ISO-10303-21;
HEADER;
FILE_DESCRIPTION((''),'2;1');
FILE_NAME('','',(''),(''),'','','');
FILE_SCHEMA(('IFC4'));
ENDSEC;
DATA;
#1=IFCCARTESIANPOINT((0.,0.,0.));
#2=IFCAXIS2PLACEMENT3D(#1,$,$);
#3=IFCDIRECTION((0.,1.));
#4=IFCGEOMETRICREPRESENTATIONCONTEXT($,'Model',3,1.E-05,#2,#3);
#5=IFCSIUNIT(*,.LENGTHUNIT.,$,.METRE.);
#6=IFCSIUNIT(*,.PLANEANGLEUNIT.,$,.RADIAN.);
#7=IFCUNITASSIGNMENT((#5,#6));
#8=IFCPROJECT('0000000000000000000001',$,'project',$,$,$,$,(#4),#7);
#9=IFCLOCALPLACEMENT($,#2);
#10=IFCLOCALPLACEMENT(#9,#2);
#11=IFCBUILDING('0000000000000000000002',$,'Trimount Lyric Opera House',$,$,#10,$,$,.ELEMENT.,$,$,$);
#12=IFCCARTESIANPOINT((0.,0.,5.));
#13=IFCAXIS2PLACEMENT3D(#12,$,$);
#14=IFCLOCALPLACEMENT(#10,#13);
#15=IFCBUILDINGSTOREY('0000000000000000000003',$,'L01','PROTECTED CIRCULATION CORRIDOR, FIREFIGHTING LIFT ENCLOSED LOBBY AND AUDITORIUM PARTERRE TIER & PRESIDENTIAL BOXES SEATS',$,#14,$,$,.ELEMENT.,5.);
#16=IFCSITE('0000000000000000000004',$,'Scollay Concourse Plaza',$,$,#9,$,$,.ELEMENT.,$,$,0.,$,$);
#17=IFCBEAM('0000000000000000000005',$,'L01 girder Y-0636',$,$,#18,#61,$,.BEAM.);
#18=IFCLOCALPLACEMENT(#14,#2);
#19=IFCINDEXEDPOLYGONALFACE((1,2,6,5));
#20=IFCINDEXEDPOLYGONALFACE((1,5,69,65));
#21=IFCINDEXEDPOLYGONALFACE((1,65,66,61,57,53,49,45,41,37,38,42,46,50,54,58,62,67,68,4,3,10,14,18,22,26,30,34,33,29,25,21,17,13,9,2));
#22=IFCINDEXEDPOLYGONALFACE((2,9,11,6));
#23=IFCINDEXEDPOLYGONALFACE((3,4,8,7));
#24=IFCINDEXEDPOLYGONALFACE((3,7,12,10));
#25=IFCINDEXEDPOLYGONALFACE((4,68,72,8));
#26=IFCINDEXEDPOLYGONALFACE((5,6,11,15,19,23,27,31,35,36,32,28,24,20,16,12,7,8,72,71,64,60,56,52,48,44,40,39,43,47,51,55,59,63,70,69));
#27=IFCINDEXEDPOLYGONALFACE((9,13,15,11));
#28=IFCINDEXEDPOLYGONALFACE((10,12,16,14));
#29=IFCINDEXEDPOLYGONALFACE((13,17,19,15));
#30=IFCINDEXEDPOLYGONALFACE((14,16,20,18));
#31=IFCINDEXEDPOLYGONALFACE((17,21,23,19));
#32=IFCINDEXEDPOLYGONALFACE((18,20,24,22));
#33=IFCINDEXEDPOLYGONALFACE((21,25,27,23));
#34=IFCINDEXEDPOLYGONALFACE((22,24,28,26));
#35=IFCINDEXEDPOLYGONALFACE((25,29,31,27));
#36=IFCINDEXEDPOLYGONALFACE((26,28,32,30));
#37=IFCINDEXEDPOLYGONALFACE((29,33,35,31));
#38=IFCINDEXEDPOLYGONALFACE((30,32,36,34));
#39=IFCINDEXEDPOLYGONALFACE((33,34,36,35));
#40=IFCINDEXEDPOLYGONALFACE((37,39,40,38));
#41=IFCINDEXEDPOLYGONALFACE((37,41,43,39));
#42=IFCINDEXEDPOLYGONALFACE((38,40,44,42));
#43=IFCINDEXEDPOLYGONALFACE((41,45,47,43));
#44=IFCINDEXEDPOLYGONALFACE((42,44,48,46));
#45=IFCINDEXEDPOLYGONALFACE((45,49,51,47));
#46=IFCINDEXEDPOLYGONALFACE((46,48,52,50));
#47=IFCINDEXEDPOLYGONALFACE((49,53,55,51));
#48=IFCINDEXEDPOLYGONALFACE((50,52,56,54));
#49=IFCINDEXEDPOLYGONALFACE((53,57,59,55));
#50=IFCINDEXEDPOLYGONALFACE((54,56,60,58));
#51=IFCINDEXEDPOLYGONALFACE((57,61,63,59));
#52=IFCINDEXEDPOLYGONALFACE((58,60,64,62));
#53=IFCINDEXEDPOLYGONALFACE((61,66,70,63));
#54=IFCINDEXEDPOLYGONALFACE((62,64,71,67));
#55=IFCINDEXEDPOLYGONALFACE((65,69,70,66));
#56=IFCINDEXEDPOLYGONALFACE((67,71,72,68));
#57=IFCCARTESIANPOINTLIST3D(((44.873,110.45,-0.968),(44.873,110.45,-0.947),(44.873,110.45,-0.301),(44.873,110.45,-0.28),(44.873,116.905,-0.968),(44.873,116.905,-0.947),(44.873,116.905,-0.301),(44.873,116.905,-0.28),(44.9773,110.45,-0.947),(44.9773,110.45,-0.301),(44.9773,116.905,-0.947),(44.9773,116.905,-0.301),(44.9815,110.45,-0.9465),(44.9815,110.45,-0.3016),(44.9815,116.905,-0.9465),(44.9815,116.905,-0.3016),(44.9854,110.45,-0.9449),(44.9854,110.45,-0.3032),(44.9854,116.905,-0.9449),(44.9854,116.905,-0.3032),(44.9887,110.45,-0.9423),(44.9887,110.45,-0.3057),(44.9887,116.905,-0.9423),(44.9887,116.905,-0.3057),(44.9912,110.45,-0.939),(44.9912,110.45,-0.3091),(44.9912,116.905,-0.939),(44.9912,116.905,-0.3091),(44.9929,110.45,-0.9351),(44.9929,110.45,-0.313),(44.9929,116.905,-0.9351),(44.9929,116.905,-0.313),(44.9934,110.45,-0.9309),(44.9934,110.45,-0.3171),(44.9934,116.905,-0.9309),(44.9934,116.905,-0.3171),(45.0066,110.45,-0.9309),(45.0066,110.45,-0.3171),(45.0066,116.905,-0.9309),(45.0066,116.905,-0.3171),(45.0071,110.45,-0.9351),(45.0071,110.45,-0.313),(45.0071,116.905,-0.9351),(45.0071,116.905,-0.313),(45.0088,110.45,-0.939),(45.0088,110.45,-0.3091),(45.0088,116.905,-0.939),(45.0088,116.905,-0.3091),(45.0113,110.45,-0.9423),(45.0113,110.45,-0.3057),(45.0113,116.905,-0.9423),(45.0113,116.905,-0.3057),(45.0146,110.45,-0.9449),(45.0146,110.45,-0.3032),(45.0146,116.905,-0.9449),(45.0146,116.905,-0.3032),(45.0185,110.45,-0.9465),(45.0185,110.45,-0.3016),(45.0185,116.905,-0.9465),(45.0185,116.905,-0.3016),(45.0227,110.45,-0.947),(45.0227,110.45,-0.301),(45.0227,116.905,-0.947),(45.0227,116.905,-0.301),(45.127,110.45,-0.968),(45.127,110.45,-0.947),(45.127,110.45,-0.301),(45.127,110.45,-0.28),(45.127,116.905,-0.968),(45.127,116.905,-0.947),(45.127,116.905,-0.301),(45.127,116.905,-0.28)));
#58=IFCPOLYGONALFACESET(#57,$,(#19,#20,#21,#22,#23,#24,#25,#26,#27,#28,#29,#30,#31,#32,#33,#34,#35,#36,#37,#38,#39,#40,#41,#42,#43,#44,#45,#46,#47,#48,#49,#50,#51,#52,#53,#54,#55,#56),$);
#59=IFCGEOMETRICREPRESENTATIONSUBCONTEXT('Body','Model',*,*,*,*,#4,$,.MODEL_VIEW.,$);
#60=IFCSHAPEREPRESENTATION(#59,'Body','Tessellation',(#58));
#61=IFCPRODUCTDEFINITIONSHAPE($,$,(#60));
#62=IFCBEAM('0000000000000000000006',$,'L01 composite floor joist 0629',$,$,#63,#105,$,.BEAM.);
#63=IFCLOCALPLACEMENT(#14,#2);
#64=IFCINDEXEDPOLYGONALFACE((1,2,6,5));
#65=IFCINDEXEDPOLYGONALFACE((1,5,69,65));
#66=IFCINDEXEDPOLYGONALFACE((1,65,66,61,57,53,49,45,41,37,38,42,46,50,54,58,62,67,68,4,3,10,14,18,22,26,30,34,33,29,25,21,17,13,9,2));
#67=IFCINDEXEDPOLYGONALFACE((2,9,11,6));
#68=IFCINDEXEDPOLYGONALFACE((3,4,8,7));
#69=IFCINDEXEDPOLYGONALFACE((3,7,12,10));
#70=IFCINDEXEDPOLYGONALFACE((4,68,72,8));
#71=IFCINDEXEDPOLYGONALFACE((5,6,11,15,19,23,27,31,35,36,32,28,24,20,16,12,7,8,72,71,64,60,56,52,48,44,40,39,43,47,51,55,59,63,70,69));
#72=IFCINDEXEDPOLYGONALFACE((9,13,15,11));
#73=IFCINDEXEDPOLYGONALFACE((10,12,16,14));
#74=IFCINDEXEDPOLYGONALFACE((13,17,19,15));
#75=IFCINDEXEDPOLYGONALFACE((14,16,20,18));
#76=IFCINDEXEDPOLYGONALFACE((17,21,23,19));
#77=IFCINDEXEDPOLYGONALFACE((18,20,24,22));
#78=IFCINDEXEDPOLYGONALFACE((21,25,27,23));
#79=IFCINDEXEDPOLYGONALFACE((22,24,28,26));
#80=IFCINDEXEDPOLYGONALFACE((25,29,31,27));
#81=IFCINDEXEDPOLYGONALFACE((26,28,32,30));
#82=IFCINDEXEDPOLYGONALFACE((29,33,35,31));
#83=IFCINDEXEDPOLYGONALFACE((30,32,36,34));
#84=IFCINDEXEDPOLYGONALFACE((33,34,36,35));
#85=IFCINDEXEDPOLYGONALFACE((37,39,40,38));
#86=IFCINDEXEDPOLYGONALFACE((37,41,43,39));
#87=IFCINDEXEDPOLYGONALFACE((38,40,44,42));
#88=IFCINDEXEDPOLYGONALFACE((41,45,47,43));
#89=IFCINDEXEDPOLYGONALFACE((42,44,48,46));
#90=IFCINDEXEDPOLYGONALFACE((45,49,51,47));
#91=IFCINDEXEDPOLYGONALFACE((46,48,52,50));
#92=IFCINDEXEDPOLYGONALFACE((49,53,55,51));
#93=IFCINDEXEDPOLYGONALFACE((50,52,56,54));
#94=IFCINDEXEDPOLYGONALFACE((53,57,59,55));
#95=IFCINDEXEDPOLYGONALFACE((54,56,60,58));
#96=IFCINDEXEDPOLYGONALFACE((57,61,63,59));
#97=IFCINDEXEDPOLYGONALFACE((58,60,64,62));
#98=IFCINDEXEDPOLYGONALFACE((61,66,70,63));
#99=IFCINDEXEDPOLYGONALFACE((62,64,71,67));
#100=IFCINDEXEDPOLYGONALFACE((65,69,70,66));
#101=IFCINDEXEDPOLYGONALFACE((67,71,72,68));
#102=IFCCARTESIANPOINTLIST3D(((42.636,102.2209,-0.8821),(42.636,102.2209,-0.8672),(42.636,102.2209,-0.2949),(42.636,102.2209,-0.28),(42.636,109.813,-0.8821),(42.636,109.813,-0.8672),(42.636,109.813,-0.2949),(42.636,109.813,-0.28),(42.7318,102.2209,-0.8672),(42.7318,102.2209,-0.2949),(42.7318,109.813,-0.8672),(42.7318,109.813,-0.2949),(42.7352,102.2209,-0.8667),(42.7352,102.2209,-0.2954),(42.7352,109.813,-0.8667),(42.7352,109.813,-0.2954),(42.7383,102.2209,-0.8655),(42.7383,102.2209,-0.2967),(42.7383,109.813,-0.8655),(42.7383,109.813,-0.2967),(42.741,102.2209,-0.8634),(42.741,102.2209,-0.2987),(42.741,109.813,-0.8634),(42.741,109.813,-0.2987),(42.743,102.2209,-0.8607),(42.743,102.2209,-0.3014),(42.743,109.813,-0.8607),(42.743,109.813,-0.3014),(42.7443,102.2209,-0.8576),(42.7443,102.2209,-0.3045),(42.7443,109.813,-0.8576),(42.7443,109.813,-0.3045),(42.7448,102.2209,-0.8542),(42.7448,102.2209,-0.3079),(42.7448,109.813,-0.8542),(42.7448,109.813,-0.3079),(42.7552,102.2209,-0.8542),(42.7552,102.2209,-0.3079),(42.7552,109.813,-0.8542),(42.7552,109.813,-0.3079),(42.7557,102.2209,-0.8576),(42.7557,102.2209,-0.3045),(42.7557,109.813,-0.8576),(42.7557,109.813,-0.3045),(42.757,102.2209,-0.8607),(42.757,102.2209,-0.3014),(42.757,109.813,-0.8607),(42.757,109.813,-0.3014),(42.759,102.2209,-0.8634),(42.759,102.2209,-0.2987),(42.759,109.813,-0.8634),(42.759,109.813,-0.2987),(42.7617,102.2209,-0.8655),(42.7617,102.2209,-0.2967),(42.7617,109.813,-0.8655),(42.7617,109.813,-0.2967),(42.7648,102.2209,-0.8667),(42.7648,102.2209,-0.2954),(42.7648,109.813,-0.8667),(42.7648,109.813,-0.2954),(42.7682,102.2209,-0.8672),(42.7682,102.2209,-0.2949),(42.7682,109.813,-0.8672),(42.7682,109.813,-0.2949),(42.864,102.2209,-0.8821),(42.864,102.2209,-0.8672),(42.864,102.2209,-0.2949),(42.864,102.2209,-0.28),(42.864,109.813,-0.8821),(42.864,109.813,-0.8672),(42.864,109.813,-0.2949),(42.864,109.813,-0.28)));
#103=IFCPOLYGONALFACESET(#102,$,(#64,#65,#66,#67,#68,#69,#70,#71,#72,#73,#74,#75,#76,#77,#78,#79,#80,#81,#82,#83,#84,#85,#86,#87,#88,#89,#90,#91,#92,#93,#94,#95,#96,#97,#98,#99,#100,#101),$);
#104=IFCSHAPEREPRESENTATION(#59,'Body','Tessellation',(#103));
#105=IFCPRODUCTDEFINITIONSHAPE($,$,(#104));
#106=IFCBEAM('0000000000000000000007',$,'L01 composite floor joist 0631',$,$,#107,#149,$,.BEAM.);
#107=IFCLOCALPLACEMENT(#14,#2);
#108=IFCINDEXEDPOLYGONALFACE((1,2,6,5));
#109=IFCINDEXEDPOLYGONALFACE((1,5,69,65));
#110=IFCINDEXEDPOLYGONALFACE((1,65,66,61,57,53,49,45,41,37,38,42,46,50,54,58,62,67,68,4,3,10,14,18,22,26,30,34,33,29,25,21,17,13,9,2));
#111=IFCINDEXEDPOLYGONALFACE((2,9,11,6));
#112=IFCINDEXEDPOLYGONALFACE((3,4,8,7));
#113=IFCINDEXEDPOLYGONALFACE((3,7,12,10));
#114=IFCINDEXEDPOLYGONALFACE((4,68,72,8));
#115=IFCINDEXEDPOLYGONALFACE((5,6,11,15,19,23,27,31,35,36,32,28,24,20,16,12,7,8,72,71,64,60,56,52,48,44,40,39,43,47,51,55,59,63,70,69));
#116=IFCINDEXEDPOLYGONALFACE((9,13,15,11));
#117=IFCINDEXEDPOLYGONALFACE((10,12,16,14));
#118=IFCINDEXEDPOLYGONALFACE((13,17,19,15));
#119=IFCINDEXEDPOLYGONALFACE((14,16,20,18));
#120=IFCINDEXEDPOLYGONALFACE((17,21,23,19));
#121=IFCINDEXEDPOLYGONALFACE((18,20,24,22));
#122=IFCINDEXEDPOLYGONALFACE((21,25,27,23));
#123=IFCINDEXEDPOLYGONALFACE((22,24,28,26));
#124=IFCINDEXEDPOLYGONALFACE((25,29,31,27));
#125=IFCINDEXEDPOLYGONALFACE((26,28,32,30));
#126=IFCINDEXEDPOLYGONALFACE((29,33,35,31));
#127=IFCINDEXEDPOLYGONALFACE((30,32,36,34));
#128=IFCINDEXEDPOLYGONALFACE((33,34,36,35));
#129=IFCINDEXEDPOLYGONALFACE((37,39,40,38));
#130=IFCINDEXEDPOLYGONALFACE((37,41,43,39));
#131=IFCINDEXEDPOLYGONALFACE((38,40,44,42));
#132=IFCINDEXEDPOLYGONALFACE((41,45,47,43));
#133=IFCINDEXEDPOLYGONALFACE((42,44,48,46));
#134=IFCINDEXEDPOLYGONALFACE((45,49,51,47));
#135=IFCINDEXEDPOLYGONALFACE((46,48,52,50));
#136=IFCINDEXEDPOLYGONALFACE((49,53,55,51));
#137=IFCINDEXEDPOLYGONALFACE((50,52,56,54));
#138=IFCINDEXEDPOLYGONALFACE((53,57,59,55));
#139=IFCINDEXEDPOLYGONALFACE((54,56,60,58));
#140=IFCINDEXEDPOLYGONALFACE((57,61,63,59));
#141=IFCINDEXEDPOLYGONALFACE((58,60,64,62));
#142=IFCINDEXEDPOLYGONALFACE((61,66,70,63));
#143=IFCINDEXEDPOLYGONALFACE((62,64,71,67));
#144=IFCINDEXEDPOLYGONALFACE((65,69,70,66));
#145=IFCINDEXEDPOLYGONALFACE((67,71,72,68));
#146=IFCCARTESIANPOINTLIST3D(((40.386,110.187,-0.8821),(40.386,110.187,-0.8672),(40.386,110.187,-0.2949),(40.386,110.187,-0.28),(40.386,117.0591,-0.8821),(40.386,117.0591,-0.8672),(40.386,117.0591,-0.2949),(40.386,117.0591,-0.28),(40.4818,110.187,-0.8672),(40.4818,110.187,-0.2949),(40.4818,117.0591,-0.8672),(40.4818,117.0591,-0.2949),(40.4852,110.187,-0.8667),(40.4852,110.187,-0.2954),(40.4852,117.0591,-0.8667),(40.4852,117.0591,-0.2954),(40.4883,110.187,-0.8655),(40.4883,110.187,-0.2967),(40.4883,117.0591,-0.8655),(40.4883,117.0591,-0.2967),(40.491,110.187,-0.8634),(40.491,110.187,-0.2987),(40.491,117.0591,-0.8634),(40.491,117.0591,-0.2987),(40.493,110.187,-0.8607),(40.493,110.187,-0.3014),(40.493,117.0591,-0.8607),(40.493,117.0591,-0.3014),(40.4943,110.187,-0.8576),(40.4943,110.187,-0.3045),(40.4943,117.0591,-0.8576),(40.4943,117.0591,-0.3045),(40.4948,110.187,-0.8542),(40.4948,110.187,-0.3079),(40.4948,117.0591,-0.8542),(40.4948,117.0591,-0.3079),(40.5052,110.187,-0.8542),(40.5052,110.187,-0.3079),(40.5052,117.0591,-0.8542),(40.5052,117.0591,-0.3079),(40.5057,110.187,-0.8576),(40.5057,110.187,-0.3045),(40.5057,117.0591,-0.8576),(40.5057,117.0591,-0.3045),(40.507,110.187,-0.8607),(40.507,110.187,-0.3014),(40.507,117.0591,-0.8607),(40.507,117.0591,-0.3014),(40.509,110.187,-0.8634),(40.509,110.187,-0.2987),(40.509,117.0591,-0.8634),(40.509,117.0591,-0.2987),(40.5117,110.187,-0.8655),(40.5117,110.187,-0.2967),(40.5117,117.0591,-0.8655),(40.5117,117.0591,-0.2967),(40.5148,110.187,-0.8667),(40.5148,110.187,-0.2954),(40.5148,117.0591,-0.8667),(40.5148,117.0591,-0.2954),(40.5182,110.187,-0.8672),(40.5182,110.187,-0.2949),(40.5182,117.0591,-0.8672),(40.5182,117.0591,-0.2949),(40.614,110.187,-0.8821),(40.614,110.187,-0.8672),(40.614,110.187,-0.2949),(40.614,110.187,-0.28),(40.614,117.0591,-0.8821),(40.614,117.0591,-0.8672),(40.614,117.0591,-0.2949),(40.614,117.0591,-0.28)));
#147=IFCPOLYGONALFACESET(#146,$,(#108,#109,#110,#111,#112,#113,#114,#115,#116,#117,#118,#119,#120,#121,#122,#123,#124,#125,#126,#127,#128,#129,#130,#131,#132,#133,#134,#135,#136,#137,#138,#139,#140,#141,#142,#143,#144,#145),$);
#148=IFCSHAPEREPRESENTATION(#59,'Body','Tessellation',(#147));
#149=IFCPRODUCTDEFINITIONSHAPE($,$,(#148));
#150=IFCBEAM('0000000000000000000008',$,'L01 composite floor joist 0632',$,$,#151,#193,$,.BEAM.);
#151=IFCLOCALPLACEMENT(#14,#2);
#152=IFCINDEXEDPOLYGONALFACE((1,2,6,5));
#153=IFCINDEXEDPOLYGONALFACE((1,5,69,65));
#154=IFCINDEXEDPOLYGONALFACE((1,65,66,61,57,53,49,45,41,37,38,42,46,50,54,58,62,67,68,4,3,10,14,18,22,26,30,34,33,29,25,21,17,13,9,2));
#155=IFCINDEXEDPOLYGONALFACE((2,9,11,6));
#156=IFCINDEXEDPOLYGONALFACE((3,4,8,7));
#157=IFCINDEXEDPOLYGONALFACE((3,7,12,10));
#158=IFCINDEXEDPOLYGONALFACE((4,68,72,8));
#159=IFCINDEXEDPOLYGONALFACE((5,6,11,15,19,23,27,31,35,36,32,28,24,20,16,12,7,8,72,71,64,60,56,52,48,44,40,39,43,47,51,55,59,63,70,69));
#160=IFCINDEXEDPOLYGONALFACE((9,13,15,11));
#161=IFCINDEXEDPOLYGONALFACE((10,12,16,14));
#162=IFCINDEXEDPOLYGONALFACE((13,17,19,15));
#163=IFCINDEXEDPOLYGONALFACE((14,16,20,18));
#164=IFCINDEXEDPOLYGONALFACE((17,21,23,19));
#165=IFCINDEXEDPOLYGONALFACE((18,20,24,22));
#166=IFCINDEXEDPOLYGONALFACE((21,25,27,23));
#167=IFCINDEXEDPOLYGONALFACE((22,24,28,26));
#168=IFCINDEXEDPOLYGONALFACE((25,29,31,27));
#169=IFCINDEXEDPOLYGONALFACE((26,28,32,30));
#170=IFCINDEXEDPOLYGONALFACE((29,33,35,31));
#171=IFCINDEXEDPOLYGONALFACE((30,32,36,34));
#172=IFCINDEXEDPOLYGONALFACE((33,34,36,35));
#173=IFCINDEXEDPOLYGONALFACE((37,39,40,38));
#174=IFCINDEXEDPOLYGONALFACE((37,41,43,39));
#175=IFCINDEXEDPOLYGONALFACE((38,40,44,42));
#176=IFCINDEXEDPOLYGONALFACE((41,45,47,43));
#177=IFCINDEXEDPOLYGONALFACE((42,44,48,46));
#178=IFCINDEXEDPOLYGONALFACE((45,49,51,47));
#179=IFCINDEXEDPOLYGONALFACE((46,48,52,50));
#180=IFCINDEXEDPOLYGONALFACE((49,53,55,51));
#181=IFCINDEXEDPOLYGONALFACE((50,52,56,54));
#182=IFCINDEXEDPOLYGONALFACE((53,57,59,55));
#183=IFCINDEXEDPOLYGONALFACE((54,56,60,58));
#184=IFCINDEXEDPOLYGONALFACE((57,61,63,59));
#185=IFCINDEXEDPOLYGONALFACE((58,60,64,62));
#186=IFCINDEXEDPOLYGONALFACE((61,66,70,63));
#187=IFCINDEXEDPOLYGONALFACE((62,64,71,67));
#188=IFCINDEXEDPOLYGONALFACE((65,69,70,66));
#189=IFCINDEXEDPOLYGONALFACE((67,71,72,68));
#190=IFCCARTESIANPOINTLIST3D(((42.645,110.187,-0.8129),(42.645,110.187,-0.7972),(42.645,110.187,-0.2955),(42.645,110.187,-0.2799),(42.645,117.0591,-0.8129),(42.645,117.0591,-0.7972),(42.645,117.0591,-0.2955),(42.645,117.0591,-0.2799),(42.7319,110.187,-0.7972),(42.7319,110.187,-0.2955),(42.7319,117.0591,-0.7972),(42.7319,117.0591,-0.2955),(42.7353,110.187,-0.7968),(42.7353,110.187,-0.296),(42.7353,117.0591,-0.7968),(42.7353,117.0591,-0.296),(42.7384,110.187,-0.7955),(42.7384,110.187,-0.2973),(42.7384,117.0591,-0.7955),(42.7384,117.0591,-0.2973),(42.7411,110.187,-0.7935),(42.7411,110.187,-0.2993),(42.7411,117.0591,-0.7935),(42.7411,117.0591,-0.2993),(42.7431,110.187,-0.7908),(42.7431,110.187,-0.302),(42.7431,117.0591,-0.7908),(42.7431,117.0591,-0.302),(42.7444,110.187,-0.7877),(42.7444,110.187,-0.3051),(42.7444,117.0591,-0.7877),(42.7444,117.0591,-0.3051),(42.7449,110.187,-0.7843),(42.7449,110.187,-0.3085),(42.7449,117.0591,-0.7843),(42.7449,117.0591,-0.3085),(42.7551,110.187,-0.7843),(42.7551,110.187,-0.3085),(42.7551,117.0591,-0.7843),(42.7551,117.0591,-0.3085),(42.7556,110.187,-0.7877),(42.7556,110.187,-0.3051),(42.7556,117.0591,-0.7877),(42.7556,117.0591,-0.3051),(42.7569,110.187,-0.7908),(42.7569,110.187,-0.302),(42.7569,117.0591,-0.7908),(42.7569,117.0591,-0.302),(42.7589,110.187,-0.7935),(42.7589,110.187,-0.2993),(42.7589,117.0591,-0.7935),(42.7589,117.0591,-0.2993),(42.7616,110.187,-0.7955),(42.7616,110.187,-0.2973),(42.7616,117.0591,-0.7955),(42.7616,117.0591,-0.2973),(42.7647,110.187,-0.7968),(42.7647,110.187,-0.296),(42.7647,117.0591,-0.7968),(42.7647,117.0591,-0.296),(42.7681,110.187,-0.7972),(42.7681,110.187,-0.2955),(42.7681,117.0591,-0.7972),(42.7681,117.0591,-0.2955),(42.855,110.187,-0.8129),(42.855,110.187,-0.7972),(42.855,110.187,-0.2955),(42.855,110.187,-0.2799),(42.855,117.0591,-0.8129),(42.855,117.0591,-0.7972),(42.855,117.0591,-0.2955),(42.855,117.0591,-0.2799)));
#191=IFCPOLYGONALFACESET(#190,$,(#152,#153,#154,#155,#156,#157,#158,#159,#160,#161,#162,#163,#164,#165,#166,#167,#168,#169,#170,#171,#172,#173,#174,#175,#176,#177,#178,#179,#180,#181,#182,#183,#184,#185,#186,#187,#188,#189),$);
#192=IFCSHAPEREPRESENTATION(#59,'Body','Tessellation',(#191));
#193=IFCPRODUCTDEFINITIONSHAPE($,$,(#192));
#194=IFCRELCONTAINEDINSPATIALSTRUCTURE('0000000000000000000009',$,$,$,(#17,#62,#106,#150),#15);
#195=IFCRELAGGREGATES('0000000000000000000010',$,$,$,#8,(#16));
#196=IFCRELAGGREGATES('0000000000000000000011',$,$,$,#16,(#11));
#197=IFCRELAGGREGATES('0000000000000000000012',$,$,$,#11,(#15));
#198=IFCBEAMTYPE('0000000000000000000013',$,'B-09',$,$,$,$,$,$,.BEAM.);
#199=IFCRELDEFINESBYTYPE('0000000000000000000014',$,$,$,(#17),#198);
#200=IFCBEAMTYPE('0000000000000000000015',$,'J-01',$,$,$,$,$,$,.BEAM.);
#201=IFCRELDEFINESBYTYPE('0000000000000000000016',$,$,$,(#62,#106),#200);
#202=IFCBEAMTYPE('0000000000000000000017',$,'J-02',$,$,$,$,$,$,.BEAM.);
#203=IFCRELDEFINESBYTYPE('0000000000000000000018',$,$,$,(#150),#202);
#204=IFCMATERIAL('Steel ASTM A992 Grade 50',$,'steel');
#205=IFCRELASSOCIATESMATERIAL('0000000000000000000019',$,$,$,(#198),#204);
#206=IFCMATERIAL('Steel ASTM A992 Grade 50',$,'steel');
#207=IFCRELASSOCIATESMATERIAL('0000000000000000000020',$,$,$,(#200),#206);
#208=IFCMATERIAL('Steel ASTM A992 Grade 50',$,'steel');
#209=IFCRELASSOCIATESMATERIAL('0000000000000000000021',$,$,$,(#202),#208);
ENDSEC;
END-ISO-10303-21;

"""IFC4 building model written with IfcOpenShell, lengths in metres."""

from ifc_helpers import new_model, si_unit, direction, frame, origin, origin_2d, place, context, subcontext, project, spatial, i_section, extrude, material, material_profile, profile_set, type_object, element, save


model = new_model("IFC4")

# Units and contexts
model_context = context("Model", 3, precision=1e-05, world=origin(), true_north=direction((0.0, 1.0)))
body_context = subcontext(model_context, "Body", "Model", "MODEL_VIEW")
ifc_project = project(units=[si_unit("LENGTHUNIT", "METRE"), si_unit("PLANEANGLEUNIT", "RADIAN")], contexts=[model_context])

# Site, building, storey
site_placement = place(None, origin())
site = spatial("IfcSite", under=ifc_project, at=site_placement, Name="Scollay Concourse Plaza", CompositionType="ELEMENT", RefElevation=0.0)
building_placement = place(site_placement, origin())
building = spatial("IfcBuilding", under=site, at=building_placement, Name="Trimount Lyric Opera House", CompositionType="ELEMENT")
storey_placement = place(building_placement, frame((0.0, 0.0, 5.0)))
storey = spatial("IfcBuildingStorey", under=building, at=storey_placement, Name="L01", Description="PROTECTED CIRCULATION CORRIDOR, FIREFIGHTING LIFT ENCLOSED LOBBY AND AUDITORIUM PARTERRE TIER & PRESIDENTIAL BOXES SEATS", CompositionType="ELEMENT", Elevation=5.0)

# Beams
ifc_material_1 = material(Name="Steel ASTM A992 Grade 50", Category="steel")
ifc_material_profile_1 = material_profile(ifc_material_1, i_section(OverallWidth=0.2539, OverallDepth=0.688, WebThickness=0.0132, FlangeThickness=0.021, FilletRadius=0.0161, at=origin_2d()), Name="W27X102")
ifc_profile_set_1 = profile_set([ifc_material_profile_1], Name="Steel ASTM A992 Grade 50")
beam_type_1 = type_object("IfcBeamType", Name="B-09", PredefinedType="BEAM", material=ifc_profile_set_1)
beam_1_placement = place(storey_placement, frame((45.0, 110.45, -0.624), z_axis=(0.0, 1.0, 0.0), x_axis=(-1.0, 0.0, 0.0)))
element("IfcBeam", 1, at=beam_1_placement, inside=storey, type_object=beam_type_1, Name="L01 girder Y-0636", PredefinedType="BEAM", context=body_context, shape_type="SweptSolid", body=[
    extrude(i_section(OverallWidth=0.2539, OverallDepth=0.688, WebThickness=0.0132, FlangeThickness=0.021, FilletRadius=0.0161, at=origin_2d()), origin(), (0.0, 0.0, 1.0), 6.4551),
])
ifc_material_2 = material(Name="Steel ASTM A992 Grade 50", Category="steel")
ifc_material_profile_2 = material_profile(ifc_material_2, i_section(OverallWidth=0.228, OverallDepth=0.6021, WebThickness=0.0105, FlangeThickness=0.0149, FilletRadius=0.0129, at=origin_2d()), Name="W24X68")
ifc_profile_set_2 = profile_set([ifc_material_profile_2], Name="Steel ASTM A992 Grade 50")
beam_type_2 = type_object("IfcBeamType", Name="J-01", PredefinedType="BEAM", material=ifc_profile_set_2)
beam_2_placement = place(storey_placement, frame((42.75, 102.2209, -0.5811), z_axis=(0.0, 1.0, 0.0), x_axis=(-1.0, 0.0, 0.0)))
element("IfcBeam", 2, at=beam_2_placement, inside=storey, type_object=beam_type_2, Name="L01 composite floor joist 0629", PredefinedType="BEAM", context=body_context, shape_type="SweptSolid", body=[
    extrude(i_section(OverallWidth=0.228, OverallDepth=0.6021, WebThickness=0.0105, FlangeThickness=0.0149, FilletRadius=0.0129, at=origin_2d()), origin(), (0.0, 0.0, 1.0), 7.592),
])
beam_3_placement = place(storey_placement, frame((40.5, 110.187, -0.5811), z_axis=(0.0, 1.0, 0.0), x_axis=(-1.0, 0.0, 0.0)))
element("IfcBeam", 3, at=beam_3_placement, inside=storey, type_object=beam_type_2, Name="L01 composite floor joist 0631", PredefinedType="BEAM", context=body_context, shape_type="SweptSolid", body=[
    extrude(i_section(OverallWidth=0.228, OverallDepth=0.6021, WebThickness=0.0105, FlangeThickness=0.0149, FilletRadius=0.0129, at=origin_2d()), origin(), (0.0, 0.0, 1.0), 6.8721),
])
ifc_material_3 = material(Name="Steel ASTM A992 Grade 50", Category="steel")
ifc_material_profile_3 = material_profile(ifc_material_3, i_section(OverallWidth=0.21, OverallDepth=0.533, WebThickness=0.0103, FlangeThickness=0.0156, FilletRadius=0.0129, at=origin_2d()), Name="W21X62")
ifc_profile_set_3 = profile_set([ifc_material_profile_3], Name="Steel ASTM A992 Grade 50")
beam_type_3 = type_object("IfcBeamType", Name="J-02", PredefinedType="BEAM", material=ifc_profile_set_3)
beam_4_placement = place(storey_placement, frame((42.75, 110.187, -0.5464), z_axis=(0.0, 1.0, 0.0), x_axis=(-1.0, 0.0, 0.0)))
element("IfcBeam", 4, at=beam_4_placement, inside=storey, type_object=beam_type_3, Name="L01 composite floor joist 0632", PredefinedType="BEAM", context=body_context, shape_type="SweptSolid", body=[
    extrude(i_section(OverallWidth=0.21, OverallDepth=0.533, WebThickness=0.0103, FlangeThickness=0.0156, FilletRadius=0.0129, at=origin_2d()), origin(), (0.0, 0.0, 1.0), 6.8721),
])

save(model, "model.ifc")
